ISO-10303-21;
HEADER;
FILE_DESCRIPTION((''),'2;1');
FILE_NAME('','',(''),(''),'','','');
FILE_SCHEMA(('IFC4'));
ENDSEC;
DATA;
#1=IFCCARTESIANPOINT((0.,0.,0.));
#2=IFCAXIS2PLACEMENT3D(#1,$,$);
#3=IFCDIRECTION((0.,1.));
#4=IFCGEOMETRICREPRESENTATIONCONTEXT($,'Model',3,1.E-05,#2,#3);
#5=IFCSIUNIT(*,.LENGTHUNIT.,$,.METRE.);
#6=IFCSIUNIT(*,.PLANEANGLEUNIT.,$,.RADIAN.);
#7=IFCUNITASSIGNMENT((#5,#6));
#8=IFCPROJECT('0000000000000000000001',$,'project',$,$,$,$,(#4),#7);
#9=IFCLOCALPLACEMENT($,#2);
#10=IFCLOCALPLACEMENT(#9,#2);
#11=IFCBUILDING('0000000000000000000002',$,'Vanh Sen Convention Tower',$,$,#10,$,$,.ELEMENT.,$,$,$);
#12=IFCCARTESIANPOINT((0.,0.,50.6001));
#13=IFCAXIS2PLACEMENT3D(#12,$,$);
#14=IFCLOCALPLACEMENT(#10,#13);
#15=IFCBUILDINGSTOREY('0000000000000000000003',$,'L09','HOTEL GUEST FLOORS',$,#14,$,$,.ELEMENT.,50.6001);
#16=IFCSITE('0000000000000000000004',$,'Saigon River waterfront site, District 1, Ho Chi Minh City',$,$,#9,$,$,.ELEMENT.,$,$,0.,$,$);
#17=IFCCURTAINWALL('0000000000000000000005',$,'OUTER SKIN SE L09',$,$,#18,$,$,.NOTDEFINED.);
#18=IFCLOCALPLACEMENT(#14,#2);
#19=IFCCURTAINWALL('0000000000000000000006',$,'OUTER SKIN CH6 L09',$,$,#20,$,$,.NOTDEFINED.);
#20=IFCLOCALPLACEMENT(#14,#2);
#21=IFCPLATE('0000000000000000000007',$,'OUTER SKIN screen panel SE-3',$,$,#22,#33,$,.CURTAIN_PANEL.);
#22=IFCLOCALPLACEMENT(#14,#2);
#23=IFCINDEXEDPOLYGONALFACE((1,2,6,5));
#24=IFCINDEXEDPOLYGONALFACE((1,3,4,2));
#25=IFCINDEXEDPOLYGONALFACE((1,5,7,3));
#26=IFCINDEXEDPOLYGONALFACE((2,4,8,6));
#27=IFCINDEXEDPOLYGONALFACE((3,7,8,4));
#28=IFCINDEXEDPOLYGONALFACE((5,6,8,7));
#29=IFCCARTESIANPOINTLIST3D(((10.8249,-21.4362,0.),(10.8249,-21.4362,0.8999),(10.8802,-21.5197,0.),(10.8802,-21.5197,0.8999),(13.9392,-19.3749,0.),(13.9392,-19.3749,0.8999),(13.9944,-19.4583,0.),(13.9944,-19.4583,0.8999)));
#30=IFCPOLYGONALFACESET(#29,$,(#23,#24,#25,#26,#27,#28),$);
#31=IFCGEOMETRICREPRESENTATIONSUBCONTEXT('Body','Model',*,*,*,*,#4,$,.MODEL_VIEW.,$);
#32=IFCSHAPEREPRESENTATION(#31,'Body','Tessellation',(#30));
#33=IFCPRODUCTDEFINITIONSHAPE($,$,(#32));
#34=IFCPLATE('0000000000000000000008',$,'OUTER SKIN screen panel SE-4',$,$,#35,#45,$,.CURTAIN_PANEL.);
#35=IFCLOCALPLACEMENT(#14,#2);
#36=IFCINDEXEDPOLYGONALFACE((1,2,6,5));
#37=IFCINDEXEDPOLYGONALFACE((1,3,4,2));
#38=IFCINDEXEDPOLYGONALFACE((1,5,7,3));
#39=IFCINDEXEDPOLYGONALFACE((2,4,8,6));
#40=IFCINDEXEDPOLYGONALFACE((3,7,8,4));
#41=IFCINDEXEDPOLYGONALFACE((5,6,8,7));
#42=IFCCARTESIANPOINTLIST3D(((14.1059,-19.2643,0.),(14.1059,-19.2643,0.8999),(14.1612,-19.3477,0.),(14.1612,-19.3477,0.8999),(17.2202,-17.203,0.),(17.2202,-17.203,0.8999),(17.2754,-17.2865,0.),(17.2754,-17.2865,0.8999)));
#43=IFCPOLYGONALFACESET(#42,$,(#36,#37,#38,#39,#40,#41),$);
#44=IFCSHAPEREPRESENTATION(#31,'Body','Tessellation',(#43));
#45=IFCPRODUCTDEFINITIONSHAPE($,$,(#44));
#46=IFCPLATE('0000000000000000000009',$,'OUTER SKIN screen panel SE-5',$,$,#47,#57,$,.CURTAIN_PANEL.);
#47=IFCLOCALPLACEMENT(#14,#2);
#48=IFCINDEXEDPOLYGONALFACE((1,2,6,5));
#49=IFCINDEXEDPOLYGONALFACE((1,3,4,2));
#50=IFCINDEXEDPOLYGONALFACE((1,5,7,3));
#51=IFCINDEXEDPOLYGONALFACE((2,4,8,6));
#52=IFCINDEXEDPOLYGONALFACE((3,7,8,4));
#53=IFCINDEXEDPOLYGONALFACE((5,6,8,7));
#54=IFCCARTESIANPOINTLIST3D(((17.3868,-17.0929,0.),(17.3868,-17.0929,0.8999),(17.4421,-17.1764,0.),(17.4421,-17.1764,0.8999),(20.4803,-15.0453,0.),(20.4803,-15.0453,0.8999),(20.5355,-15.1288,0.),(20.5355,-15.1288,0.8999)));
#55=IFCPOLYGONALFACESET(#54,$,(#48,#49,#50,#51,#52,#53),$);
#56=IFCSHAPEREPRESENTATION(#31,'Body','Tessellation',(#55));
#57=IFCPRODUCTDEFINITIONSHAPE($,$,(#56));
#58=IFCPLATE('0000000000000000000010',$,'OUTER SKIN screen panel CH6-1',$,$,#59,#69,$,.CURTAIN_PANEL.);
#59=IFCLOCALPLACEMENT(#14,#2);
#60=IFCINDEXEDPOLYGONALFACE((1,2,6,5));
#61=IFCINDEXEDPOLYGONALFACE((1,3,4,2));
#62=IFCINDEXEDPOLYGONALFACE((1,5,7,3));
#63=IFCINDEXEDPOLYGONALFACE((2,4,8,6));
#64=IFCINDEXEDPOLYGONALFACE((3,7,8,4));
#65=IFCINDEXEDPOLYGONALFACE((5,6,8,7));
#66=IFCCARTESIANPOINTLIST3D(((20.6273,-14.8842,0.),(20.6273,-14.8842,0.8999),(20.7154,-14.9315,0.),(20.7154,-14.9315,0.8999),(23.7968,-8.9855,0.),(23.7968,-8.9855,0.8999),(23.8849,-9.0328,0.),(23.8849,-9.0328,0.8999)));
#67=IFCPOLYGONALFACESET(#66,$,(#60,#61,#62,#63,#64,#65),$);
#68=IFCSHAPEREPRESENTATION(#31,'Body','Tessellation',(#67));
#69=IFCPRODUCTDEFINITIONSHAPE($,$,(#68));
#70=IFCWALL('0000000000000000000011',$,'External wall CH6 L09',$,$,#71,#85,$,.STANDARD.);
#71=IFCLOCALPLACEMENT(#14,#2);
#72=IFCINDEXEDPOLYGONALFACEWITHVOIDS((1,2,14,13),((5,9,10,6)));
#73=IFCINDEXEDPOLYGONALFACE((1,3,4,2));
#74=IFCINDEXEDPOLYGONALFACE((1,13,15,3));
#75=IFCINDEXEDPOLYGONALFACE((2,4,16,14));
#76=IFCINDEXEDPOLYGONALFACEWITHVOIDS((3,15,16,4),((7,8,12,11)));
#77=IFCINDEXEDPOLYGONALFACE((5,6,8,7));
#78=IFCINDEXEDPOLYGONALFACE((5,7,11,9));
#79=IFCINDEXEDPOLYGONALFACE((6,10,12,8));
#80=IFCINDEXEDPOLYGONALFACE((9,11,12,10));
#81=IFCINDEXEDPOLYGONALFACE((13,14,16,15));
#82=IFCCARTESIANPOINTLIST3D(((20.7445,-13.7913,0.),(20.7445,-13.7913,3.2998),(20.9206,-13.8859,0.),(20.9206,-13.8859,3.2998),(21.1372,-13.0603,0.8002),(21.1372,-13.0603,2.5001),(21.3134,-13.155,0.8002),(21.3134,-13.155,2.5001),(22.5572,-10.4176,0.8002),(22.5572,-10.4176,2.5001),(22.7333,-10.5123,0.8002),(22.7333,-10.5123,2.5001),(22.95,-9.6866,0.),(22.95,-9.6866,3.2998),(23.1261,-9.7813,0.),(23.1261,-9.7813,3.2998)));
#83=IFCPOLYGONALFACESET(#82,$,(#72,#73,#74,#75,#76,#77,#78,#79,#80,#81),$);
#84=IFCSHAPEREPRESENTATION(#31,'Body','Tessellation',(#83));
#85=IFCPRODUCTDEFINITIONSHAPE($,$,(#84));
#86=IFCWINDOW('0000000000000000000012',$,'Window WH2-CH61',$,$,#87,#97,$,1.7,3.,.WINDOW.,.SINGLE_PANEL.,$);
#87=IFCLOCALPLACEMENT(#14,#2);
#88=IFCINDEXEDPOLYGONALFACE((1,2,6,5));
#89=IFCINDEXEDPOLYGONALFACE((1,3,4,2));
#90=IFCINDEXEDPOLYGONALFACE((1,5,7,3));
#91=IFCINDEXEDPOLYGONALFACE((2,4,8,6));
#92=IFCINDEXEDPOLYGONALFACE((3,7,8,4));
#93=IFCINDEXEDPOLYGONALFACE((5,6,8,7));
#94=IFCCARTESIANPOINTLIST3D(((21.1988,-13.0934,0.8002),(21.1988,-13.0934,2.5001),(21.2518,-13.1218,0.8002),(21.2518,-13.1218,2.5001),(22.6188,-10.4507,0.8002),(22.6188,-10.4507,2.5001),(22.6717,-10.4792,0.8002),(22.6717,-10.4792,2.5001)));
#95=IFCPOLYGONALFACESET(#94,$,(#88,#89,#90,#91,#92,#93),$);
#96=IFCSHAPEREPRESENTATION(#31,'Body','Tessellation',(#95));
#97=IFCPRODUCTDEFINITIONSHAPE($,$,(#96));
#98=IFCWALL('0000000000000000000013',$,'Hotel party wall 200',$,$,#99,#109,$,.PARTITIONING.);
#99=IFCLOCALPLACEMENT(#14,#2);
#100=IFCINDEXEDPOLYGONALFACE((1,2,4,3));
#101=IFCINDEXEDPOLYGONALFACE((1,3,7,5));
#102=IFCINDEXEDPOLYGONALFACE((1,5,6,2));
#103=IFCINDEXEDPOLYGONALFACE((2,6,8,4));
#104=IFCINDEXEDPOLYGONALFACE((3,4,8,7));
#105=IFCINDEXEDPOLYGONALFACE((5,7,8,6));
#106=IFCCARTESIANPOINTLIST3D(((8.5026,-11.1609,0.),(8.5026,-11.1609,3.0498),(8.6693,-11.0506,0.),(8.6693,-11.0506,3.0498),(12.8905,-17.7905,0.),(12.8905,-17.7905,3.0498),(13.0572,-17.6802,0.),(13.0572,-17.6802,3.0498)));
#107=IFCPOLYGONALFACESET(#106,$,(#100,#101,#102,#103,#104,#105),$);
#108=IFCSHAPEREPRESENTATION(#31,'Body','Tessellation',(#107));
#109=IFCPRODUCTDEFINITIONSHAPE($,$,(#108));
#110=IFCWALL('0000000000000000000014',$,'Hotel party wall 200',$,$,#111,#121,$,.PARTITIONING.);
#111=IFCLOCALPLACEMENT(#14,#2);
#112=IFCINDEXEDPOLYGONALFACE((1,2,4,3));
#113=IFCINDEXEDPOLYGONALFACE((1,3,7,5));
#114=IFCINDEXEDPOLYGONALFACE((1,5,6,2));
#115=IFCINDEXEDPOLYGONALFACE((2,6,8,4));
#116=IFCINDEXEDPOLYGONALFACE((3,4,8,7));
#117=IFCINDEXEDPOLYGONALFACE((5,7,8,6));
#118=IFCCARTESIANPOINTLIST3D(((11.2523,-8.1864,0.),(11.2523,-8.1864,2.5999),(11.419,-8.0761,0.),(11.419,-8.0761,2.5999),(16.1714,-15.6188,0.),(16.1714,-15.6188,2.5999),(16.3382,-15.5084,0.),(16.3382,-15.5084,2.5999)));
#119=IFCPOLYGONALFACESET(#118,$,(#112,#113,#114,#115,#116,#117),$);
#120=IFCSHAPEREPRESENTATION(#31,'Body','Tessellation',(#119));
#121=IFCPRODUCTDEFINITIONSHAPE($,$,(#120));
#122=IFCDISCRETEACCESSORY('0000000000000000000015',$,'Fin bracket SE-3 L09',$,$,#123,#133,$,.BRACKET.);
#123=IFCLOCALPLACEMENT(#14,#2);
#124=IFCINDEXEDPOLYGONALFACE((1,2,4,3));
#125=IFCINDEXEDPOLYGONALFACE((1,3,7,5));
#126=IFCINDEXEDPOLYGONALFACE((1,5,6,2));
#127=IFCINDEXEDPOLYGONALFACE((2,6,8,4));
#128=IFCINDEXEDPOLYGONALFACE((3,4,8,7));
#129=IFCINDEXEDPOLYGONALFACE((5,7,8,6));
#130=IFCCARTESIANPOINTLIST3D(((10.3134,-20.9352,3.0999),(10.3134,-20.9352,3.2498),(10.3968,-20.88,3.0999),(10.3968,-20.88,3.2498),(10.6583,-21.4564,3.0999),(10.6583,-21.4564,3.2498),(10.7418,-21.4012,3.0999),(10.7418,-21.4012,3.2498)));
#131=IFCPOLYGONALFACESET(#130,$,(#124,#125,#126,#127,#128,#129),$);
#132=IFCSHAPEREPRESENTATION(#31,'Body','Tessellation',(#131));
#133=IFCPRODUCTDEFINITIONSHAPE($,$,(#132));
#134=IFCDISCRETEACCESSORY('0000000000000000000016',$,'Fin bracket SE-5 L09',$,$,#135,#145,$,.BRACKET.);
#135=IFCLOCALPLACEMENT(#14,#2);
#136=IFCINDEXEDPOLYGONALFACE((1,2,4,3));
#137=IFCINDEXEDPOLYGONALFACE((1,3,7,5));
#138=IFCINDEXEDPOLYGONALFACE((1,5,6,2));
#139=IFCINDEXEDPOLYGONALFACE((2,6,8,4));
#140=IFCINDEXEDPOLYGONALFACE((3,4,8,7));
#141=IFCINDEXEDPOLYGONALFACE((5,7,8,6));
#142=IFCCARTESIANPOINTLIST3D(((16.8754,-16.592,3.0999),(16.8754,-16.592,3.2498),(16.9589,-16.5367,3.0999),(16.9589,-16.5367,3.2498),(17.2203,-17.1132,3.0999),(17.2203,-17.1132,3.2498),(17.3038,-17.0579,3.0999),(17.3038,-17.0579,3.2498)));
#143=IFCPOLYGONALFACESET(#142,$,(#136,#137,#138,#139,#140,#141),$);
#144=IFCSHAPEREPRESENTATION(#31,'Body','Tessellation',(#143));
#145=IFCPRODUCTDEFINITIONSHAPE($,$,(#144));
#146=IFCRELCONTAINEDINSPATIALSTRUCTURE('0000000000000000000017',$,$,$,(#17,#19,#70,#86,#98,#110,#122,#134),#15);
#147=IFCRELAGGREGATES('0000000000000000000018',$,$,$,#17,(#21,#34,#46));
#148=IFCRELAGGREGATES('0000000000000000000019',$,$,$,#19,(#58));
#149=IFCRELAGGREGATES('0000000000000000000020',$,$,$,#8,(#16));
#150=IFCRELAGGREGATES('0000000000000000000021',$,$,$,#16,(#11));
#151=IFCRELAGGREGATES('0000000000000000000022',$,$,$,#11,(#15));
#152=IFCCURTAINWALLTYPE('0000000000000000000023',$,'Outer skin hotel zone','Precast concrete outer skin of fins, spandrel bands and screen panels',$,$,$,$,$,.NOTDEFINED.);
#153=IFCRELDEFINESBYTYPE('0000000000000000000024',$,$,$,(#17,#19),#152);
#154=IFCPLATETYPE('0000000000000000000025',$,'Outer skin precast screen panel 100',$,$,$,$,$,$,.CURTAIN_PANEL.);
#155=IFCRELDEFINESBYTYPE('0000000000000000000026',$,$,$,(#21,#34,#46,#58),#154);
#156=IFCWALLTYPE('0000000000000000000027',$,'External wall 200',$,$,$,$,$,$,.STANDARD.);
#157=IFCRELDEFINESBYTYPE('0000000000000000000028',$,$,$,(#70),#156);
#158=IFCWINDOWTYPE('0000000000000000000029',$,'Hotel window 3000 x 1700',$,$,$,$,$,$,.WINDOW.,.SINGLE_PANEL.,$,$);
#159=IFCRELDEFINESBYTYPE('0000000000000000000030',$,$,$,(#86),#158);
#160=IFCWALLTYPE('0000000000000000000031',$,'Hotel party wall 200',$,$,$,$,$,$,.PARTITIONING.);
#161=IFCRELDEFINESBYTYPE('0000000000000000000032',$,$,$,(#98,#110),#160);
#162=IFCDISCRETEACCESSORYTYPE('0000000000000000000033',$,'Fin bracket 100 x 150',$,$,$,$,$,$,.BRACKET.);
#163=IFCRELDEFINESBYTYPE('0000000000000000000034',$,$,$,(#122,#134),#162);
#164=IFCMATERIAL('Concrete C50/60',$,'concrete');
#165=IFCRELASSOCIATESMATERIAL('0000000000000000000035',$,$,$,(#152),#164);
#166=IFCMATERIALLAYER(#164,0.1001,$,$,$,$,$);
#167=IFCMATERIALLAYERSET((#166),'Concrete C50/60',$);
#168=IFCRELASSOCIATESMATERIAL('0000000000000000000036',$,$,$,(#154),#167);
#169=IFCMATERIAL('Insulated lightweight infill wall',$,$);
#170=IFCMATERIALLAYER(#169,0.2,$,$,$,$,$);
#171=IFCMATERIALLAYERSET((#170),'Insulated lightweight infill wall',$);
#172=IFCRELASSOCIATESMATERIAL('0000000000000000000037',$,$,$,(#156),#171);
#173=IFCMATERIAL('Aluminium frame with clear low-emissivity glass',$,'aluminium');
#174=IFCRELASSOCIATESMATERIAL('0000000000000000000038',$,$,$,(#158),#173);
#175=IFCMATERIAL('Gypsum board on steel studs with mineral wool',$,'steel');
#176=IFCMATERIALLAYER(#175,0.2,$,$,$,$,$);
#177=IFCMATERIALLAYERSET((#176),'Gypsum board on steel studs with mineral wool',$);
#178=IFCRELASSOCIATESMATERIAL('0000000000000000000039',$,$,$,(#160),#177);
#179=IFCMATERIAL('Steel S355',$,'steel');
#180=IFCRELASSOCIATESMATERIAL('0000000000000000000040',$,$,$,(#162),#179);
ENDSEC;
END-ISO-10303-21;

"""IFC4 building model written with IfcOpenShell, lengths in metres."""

from ifc_helpers import new_model, si_unit, direction, frame, frame_2d, origin, origin_2d, place, context, subcontext, project, spatial, rectangle, extrude, material, layer, layer_set, type_object, element, fill, aggregate, save


model = new_model("IFC4")

# Units and contexts
model_context = context("Model", 3, precision=1e-05, world=origin(), true_north=direction((0.0, 1.0)))
body_context = subcontext(model_context, "Body", "Model", "MODEL_VIEW")
ifc_project = project(units=[si_unit("LENGTHUNIT", "METRE"), si_unit("PLANEANGLEUNIT", "RADIAN")], contexts=[model_context])

# Site, building, storey
site_placement = place(None, origin())
site = spatial("IfcSite", under=ifc_project, at=site_placement, Name="Saigon River waterfront site, District 1, Ho Chi Minh City", CompositionType="ELEMENT", RefElevation=0.0)
building_placement = place(site_placement, origin())
building = spatial("IfcBuilding", under=site, at=building_placement, Name="Vanh Sen Convention Tower", CompositionType="ELEMENT")
storey_placement = place(building_placement, frame((0.0, 0.0, 50.6001)))
storey = spatial("IfcBuildingStorey", under=building, at=storey_placement, Name="L09", Description="HOTEL GUEST FLOORS", CompositionType="ELEMENT", Elevation=50.6001)

# Curtain wall
ifc_material_1 = material(Name="Concrete C50/60", Category="concrete")
curtain_wall_type = type_object("IfcCurtainWallType", Name="Outer skin hotel zone", Description="Precast concrete outer skin of fins, spandrel bands and screen panels", PredefinedType="NOTDEFINED", material=ifc_material_1)
curtain_wall_1_placement = place(storey_placement, origin())
curtain_wall_1 = element("IfcCurtainWall", 1, at=curtain_wall_1_placement, inside=storey, type_object=curtain_wall_type, Name="OUTER SKIN SE L09", PredefinedType="NOTDEFINED")

# Curtain wall
curtain_wall_2_placement = place(storey_placement, origin())
curtain_wall_2 = element("IfcCurtainWall", 2, at=curtain_wall_2_placement, inside=storey, type_object=curtain_wall_type, Name="OUTER SKIN CH6 L09", PredefinedType="NOTDEFINED")

# Plates
ifc_layer_1 = layer(ifc_material_1, 0.1001)
ifc_layer_set_1 = layer_set([ifc_layer_1], Name="Concrete C50/60")
plate_type = type_object("IfcPlateType", Name="Outer skin precast screen panel 100", PredefinedType="CURTAIN_PANEL", material=ifc_layer_set_1)
plate_1_placement = place(storey_placement, frame((12.4097, -20.4473, 0.0), z_axis=(0.0, 0.0, 1.0), x_axis=(0.83388, 0.551946, 0.0)))
plate_1 = element("IfcPlate", 3, at=plate_1_placement, type_object=plate_type, Name="OUTER SKIN screen panel SE-3", PredefinedType="CURTAIN_PANEL", context=body_context, shape_type="SweptSolid", body=[
    extrude(rectangle(XDim=3.7346, YDim=0.1001, at=origin_2d()), origin(), (0.0, 0.0, 1.0), 0.8999),
])
plate_2_placement = place(storey_placement, frame((15.6907, -18.2754, 0.0), z_axis=(0.0, 0.0, 1.0), x_axis=(0.833892, 0.551928, 0.0)))
plate_2 = element("IfcPlate", 4, at=plate_2_placement, type_object=plate_type, Name="OUTER SKIN screen panel SE-4", PredefinedType="CURTAIN_PANEL", context=body_context, shape_type="SweptSolid", body=[
    extrude(rectangle(XDim=3.7346, YDim=0.1001, at=origin_2d()), origin(), (0.0, 0.0, 1.0), 0.8999),
])
plate_3_placement = place(storey_placement, frame((18.9612, -16.1108, 0.0), z_axis=(0.0, 0.0, 1.0), x_axis=(0.83388, 0.551946, 0.0)))
plate_3 = element("IfcPlate", 5, at=plate_3_placement, type_object=plate_type, Name="OUTER SKIN screen panel SE-5", PredefinedType="CURTAIN_PANEL", context=body_context, shape_type="SweptSolid", body=[
    extrude(rectangle(XDim=3.7097, YDim=0.1001, at=origin_2d()), origin(), (0.0, 0.0, 1.0), 0.8999),
])
aggregate(curtain_wall_1, [plate_1, plate_2, plate_3])
plate_4_placement = place(storey_placement, frame((22.2561, -11.9585, 0.0), z_axis=(0.0, 0.0, 1.0), x_axis=(0.473323, 0.880889, 0.0)))
plate_4 = element("IfcPlate", 6, at=plate_4_placement, type_object=plate_type, Name="OUTER SKIN screen panel CH6-1", PredefinedType="CURTAIN_PANEL", context=body_context, shape_type="SweptSolid", body=[
    extrude(rectangle(XDim=6.6963, YDim=0.1001, at=origin_2d()), origin(), (0.0, 0.0, 1.0), 0.8999),
])
aggregate(curtain_wall_2, [plate_4])

# Wall, opening, window
ifc_material_2 = material(Name="Insulated lightweight infill wall")
ifc_layer_2 = layer(ifc_material_2, 0.2)
ifc_layer_set_2 = layer_set([ifc_layer_2], Name="Insulated lightweight infill wall")
wall_type_1 = type_object("IfcWallType", Name="External wall 200", PredefinedType="STANDARD", material=ifc_layer_set_2)
wall_1_placement = place(storey_placement, frame((20.8325, -13.8386, 0.0), z_axis=(0.0, 0.0, 1.0), x_axis=(0.473322, 0.88089, 0.0)))
wall_1 = element("IfcWall", 7, at=wall_1_placement, inside=storey, type_object=wall_type_1, Name="External wall CH6 L09", PredefinedType="STANDARD", context=body_context, shape_type="SweptSolid", body=[
    extrude(rectangle(XDim=4.6597, YDim=0.2, at=frame_2d((2.3298, 0.0))), origin(), (0.0, 0.0, 1.0), 3.2998),
])
opening_placement = place(wall_1_placement, frame((0.8298, 0.0, 0.8)))
opening = element("IfcOpeningElement", 8, at=opening_placement, cuts=wall_1, PredefinedType="OPENING", context=body_context, shape_type="SweptSolid", body=[
    extrude(rectangle(XDim=3.0, YDim=1.7, at=frame_2d((1.5, 0.8501))), frame((0.0, 0.1099, 0.0), z_axis=(0.0, -1.0, 0.0), x_axis=(1.0, 0.0, 0.0)), (0.0, 0.0, 1.0), 0.22),
])
ifc_material_3 = material(Name="Aluminium frame with clear low-emissivity glass", Category="aluminium")
window_type = type_object("IfcWindowType", Name="Hotel window 3000 x 1700", PartitioningType="SINGLE_PANEL", PredefinedType="WINDOW", material=ifc_material_3)
window_placement = place(opening_placement, origin())
window = element("IfcWindow", 9, at=window_placement, inside=storey, type_object=window_type, Name="Window WH2-CH61", OverallHeight=1.7, OverallWidth=3.0, PartitioningType="SINGLE_PANEL", PredefinedType="WINDOW", context=body_context, shape_type="SweptSolid", body=[
    extrude(rectangle(XDim=3.0, YDim=1.7, at=frame_2d((1.5, 0.8501))), frame((0.0, 0.03, 0.0), z_axis=(0.0, -1.0, 0.0), x_axis=(1.0, 0.0, 0.0)), (0.0, 0.0, 1.0), 0.0601),
])
fill(opening, window)

# Walls
ifc_material_4 = material(Name="Gypsum board on steel studs with mineral wool", Category="steel")
ifc_layer_3 = layer(ifc_material_4, 0.2)
ifc_layer_set_3 = layer_set([ifc_layer_3], Name="Gypsum board on steel studs with mineral wool")
wall_type_2 = type_object("IfcWallType", Name="Hotel party wall 200", PredefinedType="PARTITIONING", material=ifc_layer_set_3)
wall_2_placement = place(storey_placement, frame((12.9739, -17.7354, 0.0), z_axis=(0.0, 0.0, 1.0), x_axis=(-0.551926, 0.833893, 0.0)))
element("IfcWall", 10, at=wall_2_placement, inside=storey, type_object=wall_type_2, Name="Hotel party wall 200", PredefinedType="PARTITIONING", context=body_context, shape_type="SweptSolid", body=[
    extrude(rectangle(XDim=7.9502, YDim=0.2, at=frame_2d((3.9751, 0.0))), origin(), (0.0, 0.0, 1.0), 3.0498),
])
wall_3_placement = place(storey_placement, frame((16.2549, -15.5637, 0.0), z_axis=(0.0, 0.0, 1.0), x_axis=(-0.551922, 0.833896, 0.0)))
element("IfcWall", 11, at=wall_3_placement, inside=storey, type_object=wall_type_2, Name="Hotel party wall 200", PredefinedType="PARTITIONING", context=body_context, shape_type="SweptSolid", body=[
    extrude(rectangle(XDim=8.9128, YDim=0.2, at=frame_2d((4.4565, 0.0))), origin(), (0.0, 0.0, 1.0), 2.5999),
])

# Discrete accessories
ifc_material_5 = material(Name="Steel S355", Category="steel")
discrete_accessory_type = type_object("IfcDiscreteAccessoryType", Name="Fin bracket 100 x 150", PredefinedType="BRACKET", material=ifc_material_5)
for number, where, z_axis, x_axis, name in (
    (12, (10.5276, -21.1682, 3.0999), (0.0, 0.0, 1.0), (0.551937, -0.833886, 0.0), "Fin bracket SE-3 L09"),
    (13, (17.0896, -16.825, 3.0999), (0.0, 0.0, 1.0), (0.551937, -0.833886, 0.0), "Fin bracket SE-5 L09"),
):
    element("IfcDiscreteAccessory", number, at=place(storey_placement, frame(where, z_axis=z_axis, x_axis=x_axis)), inside=storey, type_object=discrete_accessory_type, Name=name, PredefinedType="BRACKET", context=body_context, shape_type="SweptSolid", body=[
        extrude(rectangle(XDim=0.625, YDim=0.1001, at=origin_2d()), origin(), (0.0, 0.0, 1.0), 0.1499),
    ])

save(model, "model.ifc")
